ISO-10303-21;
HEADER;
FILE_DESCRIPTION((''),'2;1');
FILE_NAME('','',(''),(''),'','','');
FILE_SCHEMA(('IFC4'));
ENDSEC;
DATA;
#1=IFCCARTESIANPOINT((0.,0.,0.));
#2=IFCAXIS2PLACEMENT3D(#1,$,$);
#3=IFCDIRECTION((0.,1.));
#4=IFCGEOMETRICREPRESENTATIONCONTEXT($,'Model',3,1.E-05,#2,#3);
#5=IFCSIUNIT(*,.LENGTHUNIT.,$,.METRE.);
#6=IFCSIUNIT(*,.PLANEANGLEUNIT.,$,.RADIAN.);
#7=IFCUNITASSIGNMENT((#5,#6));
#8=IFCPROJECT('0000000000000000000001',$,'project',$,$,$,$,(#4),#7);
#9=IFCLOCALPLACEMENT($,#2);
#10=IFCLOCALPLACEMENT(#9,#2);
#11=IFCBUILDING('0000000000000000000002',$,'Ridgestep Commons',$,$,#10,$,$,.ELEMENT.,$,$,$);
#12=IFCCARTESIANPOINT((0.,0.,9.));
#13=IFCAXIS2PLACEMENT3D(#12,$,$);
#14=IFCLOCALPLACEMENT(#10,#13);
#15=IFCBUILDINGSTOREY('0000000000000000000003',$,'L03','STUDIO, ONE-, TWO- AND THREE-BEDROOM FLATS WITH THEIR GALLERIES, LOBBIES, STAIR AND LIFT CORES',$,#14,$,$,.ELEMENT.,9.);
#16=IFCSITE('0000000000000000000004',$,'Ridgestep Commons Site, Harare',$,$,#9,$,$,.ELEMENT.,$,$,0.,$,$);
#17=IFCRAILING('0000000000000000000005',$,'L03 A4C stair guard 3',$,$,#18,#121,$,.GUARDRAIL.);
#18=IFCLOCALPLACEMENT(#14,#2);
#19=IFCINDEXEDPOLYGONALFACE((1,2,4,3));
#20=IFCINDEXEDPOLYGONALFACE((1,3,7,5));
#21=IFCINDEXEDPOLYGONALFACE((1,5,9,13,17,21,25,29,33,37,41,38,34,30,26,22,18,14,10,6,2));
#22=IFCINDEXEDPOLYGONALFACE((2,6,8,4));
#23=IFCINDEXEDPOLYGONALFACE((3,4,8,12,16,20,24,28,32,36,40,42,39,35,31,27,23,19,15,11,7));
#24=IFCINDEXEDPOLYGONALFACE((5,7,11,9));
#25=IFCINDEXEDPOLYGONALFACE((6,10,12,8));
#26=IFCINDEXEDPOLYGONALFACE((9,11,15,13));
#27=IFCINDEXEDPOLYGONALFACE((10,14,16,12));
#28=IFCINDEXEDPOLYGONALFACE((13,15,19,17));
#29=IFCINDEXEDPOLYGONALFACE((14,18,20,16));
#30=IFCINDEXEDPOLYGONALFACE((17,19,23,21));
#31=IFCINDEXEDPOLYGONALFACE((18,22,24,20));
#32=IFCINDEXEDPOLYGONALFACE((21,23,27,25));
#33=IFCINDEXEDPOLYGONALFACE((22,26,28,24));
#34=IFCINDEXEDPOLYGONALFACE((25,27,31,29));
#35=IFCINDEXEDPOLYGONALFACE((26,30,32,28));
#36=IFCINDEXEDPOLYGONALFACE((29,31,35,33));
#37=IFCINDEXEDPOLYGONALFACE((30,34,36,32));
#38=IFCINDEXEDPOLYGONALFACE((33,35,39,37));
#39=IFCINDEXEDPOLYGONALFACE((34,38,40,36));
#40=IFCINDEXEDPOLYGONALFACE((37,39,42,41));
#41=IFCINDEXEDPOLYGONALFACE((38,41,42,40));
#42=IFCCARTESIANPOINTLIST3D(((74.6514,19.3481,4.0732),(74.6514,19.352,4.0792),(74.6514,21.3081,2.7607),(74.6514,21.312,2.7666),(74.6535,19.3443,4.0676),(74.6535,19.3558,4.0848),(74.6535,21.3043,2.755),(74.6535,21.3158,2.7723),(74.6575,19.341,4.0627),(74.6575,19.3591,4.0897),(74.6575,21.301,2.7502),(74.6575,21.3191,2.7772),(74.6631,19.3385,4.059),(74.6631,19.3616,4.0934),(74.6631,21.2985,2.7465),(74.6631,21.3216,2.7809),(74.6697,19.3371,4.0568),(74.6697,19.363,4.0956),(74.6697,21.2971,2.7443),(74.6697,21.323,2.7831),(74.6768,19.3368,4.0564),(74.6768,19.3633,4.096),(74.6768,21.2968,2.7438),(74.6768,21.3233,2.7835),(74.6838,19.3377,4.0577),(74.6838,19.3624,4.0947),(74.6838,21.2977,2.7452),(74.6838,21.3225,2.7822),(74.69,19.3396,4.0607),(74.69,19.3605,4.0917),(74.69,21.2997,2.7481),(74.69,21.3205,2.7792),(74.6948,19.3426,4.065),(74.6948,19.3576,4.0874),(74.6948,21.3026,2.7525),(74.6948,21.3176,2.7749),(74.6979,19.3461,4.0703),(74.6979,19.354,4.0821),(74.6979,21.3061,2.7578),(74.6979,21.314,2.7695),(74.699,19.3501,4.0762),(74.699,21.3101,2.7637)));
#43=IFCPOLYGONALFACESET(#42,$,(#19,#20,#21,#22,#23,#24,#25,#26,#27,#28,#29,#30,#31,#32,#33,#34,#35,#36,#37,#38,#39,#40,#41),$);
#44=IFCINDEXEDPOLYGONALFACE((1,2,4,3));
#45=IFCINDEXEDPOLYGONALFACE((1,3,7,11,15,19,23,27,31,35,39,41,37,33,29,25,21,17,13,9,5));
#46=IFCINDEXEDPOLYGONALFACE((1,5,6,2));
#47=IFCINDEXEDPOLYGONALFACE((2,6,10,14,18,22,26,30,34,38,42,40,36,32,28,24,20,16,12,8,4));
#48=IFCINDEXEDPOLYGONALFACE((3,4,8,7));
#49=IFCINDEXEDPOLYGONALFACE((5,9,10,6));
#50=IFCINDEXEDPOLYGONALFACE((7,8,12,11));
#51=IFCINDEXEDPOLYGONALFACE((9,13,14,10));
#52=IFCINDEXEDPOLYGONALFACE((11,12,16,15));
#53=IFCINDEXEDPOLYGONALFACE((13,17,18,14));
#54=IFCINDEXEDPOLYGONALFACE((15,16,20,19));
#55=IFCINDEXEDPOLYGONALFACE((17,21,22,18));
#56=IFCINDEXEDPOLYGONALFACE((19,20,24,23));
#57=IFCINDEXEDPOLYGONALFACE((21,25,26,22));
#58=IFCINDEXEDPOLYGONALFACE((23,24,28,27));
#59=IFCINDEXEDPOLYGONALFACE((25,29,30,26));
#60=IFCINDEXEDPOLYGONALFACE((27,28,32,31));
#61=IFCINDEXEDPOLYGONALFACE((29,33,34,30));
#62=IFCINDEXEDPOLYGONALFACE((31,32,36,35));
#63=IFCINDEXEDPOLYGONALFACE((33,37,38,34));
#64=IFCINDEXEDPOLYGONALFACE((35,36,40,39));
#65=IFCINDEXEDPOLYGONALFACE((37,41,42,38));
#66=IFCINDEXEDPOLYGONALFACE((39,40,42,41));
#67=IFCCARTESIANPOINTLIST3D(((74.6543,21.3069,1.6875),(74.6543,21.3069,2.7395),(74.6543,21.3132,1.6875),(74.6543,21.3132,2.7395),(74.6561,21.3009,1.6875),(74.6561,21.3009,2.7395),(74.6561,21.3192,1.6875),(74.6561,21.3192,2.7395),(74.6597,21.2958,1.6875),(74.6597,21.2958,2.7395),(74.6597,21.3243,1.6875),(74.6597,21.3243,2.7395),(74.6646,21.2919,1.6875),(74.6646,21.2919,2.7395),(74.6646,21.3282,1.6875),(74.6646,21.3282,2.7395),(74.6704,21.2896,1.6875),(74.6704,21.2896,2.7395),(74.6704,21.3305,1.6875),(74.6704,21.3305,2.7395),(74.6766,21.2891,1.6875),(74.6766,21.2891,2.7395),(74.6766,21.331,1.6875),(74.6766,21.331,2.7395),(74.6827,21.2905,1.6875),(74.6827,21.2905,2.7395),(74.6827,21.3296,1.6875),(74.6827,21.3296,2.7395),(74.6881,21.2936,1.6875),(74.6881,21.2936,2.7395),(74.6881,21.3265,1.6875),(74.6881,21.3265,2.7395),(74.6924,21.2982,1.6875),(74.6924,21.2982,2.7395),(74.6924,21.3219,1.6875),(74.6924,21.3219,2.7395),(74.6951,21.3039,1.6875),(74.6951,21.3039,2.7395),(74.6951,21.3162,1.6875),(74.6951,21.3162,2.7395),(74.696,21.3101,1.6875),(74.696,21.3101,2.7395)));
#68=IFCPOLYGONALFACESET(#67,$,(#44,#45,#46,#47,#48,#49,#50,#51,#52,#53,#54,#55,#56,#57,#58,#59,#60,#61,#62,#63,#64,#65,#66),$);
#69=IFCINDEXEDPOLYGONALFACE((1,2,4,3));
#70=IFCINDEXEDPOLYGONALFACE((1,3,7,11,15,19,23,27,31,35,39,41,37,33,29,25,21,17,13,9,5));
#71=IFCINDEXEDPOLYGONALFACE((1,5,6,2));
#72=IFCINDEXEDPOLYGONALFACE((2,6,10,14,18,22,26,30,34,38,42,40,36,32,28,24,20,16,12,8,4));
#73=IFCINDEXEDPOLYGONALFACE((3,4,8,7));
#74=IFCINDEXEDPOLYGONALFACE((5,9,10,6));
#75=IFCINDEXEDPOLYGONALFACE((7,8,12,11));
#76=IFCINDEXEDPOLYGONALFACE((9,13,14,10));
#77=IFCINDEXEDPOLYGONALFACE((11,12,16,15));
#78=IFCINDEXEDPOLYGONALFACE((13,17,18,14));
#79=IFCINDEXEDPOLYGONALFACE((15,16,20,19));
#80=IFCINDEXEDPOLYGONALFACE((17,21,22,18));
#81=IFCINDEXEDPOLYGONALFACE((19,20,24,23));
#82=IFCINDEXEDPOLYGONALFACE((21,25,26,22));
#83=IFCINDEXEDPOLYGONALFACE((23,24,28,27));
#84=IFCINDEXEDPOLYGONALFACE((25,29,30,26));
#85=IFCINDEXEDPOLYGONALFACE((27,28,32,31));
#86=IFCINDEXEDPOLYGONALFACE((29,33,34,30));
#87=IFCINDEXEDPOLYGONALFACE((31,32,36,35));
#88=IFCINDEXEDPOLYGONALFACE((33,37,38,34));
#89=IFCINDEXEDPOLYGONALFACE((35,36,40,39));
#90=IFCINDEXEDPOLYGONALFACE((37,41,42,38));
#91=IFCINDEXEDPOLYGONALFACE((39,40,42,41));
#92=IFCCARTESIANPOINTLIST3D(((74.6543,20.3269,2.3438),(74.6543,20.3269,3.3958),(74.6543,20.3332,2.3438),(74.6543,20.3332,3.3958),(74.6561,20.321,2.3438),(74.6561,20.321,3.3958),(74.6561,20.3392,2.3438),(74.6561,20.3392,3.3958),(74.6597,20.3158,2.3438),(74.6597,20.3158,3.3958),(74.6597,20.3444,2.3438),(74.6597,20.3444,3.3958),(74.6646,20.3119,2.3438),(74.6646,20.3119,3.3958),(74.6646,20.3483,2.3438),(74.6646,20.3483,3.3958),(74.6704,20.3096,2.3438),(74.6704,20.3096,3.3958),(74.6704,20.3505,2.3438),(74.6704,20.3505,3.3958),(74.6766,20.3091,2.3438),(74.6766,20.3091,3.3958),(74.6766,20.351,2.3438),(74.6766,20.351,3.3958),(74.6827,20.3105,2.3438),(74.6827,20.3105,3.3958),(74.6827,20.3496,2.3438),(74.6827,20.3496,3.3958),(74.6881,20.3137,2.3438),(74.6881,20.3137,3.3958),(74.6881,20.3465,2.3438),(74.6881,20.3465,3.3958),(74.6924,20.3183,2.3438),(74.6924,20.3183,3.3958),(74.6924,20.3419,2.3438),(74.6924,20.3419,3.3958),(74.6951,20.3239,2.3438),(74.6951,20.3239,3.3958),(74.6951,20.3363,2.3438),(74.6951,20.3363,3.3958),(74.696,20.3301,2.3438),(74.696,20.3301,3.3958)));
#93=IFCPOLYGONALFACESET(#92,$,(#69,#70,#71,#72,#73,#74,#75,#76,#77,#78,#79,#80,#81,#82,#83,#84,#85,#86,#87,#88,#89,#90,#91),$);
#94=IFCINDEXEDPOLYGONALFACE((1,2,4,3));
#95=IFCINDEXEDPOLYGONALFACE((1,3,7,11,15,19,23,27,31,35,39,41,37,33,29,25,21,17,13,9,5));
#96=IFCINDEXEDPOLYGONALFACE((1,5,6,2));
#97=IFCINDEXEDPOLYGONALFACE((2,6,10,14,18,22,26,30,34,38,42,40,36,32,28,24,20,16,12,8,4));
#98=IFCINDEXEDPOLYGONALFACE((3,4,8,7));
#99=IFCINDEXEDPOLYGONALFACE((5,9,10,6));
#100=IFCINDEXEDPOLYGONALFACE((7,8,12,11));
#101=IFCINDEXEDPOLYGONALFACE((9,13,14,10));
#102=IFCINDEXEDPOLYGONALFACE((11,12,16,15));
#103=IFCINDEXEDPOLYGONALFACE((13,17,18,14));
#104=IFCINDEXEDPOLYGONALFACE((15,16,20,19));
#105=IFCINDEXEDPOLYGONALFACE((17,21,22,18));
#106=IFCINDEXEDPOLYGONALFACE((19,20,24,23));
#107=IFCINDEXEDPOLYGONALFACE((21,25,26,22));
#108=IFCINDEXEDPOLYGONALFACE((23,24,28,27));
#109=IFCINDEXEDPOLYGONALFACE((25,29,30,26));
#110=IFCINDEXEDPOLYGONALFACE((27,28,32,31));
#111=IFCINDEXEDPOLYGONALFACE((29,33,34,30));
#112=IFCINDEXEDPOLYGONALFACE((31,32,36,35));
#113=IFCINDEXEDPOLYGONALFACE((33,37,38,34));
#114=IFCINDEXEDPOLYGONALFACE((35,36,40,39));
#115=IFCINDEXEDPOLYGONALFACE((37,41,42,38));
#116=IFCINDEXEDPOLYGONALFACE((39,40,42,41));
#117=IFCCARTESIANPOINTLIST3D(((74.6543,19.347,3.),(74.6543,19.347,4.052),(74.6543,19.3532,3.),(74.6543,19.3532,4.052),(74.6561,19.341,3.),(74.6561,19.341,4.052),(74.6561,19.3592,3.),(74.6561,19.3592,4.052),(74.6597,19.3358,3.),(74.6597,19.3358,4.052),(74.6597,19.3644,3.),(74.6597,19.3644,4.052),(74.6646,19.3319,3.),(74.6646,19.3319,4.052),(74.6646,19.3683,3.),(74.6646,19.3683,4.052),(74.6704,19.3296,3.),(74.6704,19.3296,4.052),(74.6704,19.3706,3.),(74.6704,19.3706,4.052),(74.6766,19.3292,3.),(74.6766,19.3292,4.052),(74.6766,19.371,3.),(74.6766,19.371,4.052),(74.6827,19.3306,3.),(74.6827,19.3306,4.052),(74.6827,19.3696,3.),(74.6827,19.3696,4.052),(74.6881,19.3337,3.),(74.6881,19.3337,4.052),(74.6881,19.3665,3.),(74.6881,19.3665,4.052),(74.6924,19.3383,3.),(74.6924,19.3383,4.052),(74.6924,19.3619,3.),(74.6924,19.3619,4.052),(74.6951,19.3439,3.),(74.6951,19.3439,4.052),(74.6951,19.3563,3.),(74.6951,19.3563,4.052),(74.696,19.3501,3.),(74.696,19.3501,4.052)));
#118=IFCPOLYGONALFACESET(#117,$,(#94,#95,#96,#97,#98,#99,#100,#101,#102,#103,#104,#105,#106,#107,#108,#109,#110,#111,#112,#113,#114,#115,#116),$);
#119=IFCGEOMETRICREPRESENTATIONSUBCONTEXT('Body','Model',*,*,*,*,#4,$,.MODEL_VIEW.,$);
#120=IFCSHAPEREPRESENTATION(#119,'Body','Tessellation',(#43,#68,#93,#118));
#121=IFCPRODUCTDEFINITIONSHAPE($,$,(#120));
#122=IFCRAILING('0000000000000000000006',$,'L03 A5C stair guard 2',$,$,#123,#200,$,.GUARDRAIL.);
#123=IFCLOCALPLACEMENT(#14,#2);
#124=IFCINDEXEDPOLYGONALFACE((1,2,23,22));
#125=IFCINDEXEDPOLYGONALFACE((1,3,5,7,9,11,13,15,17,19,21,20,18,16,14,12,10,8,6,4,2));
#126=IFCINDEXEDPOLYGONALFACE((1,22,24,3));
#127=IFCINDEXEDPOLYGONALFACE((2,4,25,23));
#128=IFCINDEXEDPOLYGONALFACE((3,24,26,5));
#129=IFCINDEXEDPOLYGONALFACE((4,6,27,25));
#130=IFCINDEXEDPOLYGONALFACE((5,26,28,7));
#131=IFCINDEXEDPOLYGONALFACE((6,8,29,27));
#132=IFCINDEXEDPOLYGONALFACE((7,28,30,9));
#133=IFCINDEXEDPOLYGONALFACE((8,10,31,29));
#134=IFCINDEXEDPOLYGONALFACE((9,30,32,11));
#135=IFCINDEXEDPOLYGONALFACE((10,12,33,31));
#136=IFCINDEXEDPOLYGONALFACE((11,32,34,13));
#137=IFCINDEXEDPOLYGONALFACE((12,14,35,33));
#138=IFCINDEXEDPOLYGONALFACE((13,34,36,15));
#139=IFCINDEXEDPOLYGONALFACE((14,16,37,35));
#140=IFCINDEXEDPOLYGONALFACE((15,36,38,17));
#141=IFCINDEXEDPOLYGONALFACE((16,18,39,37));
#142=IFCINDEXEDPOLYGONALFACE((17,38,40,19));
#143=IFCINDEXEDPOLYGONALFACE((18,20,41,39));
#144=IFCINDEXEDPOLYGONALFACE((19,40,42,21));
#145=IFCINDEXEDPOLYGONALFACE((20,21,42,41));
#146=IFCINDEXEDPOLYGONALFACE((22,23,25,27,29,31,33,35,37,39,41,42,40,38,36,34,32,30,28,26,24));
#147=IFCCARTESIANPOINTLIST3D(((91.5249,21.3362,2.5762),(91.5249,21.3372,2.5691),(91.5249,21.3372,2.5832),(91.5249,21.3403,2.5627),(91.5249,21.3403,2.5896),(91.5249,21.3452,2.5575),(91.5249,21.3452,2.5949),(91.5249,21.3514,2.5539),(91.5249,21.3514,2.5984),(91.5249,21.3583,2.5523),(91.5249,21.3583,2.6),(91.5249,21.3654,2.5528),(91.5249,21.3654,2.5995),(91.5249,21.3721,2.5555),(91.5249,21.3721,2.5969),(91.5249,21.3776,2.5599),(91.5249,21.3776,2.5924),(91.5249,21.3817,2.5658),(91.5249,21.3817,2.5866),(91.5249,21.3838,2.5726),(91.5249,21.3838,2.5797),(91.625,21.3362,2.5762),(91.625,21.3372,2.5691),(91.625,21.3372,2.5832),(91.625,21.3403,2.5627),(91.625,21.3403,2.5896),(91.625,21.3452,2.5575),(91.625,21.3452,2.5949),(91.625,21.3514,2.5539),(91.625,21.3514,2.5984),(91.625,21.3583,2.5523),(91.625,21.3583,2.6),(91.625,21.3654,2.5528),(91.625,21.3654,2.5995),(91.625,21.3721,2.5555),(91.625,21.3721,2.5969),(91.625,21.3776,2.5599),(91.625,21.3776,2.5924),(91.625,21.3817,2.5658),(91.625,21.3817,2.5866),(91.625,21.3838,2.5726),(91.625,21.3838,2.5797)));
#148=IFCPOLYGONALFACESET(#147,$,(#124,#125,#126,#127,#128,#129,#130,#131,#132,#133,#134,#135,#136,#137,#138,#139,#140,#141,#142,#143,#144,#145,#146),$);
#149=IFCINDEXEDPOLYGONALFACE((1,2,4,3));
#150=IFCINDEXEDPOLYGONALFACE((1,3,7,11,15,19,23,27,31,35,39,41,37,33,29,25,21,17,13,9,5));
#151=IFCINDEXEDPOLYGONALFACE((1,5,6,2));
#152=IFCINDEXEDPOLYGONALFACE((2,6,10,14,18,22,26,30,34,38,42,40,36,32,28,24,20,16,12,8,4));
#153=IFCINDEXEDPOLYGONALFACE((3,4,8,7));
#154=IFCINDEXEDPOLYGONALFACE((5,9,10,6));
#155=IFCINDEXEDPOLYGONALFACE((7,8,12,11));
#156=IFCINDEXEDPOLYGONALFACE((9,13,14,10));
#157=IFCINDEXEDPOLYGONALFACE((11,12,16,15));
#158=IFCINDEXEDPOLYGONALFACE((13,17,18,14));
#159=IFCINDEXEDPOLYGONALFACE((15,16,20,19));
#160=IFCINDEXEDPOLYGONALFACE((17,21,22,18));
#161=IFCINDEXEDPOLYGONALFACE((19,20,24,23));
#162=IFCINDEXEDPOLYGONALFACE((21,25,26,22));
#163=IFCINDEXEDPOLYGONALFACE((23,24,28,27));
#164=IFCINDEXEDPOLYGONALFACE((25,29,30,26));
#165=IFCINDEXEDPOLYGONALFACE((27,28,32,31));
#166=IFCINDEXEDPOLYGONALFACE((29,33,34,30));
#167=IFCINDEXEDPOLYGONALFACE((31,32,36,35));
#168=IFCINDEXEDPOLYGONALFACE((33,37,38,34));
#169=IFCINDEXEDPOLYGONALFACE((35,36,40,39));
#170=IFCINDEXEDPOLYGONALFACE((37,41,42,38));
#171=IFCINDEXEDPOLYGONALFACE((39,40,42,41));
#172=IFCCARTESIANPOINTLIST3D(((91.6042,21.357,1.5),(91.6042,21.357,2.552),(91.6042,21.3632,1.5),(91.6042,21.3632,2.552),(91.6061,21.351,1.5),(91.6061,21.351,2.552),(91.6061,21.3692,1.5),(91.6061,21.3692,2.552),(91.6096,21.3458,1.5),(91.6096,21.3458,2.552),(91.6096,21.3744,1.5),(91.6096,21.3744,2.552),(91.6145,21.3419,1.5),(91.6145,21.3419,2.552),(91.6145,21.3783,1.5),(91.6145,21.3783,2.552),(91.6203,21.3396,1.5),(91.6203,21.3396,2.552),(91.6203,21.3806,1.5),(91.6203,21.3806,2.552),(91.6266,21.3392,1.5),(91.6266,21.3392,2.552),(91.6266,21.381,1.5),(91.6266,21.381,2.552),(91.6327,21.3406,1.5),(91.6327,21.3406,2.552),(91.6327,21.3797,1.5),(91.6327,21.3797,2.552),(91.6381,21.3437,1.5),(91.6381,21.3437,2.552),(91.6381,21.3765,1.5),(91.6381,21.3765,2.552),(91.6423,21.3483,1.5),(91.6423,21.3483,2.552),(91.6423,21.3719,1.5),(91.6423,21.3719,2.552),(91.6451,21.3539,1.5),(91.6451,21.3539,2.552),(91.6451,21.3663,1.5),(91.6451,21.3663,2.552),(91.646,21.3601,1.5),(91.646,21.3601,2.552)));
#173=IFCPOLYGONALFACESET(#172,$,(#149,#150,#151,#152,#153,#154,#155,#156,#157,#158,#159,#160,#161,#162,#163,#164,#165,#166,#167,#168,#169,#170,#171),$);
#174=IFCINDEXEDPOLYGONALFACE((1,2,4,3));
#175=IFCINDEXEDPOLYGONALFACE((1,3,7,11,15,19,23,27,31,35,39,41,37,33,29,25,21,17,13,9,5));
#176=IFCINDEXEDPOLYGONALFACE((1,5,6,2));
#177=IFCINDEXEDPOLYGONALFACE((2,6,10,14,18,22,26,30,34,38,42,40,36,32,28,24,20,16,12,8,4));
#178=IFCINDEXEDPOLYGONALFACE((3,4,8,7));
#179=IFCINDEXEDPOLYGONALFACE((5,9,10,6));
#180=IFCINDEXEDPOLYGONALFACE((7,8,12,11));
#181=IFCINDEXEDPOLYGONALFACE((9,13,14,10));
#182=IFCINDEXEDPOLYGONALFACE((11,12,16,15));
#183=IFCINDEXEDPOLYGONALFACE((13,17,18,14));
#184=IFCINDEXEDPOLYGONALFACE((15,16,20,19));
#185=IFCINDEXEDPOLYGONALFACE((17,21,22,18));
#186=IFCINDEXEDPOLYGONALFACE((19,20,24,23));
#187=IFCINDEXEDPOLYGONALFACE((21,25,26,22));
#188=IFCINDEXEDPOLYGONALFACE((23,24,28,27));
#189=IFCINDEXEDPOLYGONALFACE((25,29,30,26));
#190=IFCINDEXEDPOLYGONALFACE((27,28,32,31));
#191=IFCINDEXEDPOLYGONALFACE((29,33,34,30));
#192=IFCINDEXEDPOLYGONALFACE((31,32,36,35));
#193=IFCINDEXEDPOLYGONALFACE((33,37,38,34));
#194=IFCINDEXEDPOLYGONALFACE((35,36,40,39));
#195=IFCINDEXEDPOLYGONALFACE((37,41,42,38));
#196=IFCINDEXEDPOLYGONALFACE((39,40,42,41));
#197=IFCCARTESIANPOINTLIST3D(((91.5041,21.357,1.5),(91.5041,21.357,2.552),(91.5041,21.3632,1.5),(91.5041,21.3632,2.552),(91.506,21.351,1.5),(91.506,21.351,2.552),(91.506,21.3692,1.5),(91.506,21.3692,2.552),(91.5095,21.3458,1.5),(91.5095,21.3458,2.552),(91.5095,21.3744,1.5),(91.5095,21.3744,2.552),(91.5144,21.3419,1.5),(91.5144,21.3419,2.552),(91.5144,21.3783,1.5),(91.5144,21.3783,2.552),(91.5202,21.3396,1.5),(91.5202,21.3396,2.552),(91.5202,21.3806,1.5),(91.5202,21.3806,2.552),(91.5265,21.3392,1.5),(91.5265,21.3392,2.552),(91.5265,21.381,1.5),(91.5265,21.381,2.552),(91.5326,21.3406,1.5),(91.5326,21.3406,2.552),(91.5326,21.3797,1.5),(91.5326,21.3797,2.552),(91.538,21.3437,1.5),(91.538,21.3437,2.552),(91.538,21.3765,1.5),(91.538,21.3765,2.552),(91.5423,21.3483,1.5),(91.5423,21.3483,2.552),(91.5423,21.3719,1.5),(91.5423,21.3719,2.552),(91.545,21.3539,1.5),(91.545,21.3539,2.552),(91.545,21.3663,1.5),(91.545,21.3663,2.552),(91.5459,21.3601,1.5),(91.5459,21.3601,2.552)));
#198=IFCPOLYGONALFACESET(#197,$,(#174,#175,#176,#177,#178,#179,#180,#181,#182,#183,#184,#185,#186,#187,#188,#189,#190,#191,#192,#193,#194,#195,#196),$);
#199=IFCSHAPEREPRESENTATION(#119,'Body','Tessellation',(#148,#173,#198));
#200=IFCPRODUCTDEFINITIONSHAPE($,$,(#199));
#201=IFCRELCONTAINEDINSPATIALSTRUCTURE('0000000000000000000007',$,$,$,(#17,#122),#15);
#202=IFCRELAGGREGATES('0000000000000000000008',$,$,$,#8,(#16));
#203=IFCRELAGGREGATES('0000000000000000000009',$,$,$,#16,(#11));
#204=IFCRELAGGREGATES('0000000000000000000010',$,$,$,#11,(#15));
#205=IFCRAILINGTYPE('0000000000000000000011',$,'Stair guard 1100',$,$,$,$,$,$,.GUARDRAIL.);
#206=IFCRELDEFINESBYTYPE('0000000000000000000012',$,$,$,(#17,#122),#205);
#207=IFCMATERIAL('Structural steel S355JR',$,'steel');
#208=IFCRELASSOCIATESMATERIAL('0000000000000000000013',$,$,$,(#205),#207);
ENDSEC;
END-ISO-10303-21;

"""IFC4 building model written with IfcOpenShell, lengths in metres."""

from ifc_helpers import new_model, si_unit, direction, frame, origin, origin_2d, place, context, subcontext, project, spatial, circle, extrude, material, type_object, element, save


model = new_model("IFC4")

# Units and contexts
model_context = context("Model", 3, precision=1e-05, world=origin(), true_north=direction((0.0, 1.0)))
body_context = subcontext(model_context, "Body", "Model", "MODEL_VIEW")
ifc_project = project(units=[si_unit("LENGTHUNIT", "METRE"), si_unit("PLANEANGLEUNIT", "RADIAN")], contexts=[model_context])

# Site, building, storey
site_placement = place(None, origin())
site = spatial("IfcSite", under=ifc_project, at=site_placement, Name="Ridgestep Commons Site, Harare", CompositionType="ELEMENT", RefElevation=0.0)
building_placement = place(site_placement, origin())
building = spatial("IfcBuilding", under=site, at=building_placement, Name="Ridgestep Commons", CompositionType="ELEMENT")
storey_placement = place(building_placement, frame((0.0, 0.0, 9.0)))
storey = spatial("IfcBuildingStorey", under=building, at=storey_placement, Name="L03", Description="STUDIO, ONE-, TWO- AND THREE-BEDROOM FLATS WITH THEIR GALLERIES, LOBBIES, STAIR AND LIFT CORES", CompositionType="ELEMENT", Elevation=9.0)

# Railings
ifc_material_1 = material(Name="Structural steel S355JR", Category="steel")
railing_type_1 = type_object("IfcRailingType", Name="Stair guard 1100", PredefinedType="GUARDRAIL", material=ifc_material_1)
railing_1_placement = place(storey_placement, frame((74.675, 21.3101, 1.6875)))
element("IfcRailing", 1, at=railing_1_placement, inside=storey, type_object=railing_type_1, Name="L03 A4C stair guard 3", PredefinedType="GUARDRAIL", context=body_context, shape_type="SweptSolid", body=[
    extrude(circle(Radius=0.0239, at=origin_2d()), frame((0.0, 0.0, 1.0762), z_axis=(0.0, -0.830902, 0.556419), x_axis=(1.0, 0.0, 0.0)), (0.0, 0.0, 1.0), 2.3589),
    extrude(circle(Radius=0.021, at=origin_2d()), origin(), (0.0, 0.0, 1.0), 1.052),
    extrude(circle(Radius=0.021, at=origin_2d()), frame((0.0, -0.98, 0.6562)), (0.0, 0.0, 1.0), 1.052),
    extrude(circle(Radius=0.021, at=origin_2d()), frame((0.0, -1.96, 1.3125)), (0.0, 0.0, 1.0), 1.052),
])
railing_2_placement = place(storey_placement, frame((91.625, 21.3601, 1.5)))
element("IfcRailing", 2, at=railing_2_placement, inside=storey, type_object=railing_type_1, Name="L03 A5C stair guard 2", PredefinedType="GUARDRAIL", context=body_context, shape_type="SweptSolid", body=[
    extrude(circle(Radius=0.0239, at=origin_2d()), frame((0.0, 0.0, 1.0762), z_axis=(-1.0, 0.0, 0.0), x_axis=(0.0, -1.0, 0.0)), (0.0, 0.0, 1.0), 0.1001),
    extrude(circle(Radius=0.021, at=origin_2d()), origin(), (0.0, 0.0, 1.0), 1.052),
    extrude(circle(Radius=0.021, at=origin_2d()), frame((-0.1001, 0.0, 0.0)), (0.0, 0.0, 1.0), 1.052),
])

save(model, "model.ifc")
